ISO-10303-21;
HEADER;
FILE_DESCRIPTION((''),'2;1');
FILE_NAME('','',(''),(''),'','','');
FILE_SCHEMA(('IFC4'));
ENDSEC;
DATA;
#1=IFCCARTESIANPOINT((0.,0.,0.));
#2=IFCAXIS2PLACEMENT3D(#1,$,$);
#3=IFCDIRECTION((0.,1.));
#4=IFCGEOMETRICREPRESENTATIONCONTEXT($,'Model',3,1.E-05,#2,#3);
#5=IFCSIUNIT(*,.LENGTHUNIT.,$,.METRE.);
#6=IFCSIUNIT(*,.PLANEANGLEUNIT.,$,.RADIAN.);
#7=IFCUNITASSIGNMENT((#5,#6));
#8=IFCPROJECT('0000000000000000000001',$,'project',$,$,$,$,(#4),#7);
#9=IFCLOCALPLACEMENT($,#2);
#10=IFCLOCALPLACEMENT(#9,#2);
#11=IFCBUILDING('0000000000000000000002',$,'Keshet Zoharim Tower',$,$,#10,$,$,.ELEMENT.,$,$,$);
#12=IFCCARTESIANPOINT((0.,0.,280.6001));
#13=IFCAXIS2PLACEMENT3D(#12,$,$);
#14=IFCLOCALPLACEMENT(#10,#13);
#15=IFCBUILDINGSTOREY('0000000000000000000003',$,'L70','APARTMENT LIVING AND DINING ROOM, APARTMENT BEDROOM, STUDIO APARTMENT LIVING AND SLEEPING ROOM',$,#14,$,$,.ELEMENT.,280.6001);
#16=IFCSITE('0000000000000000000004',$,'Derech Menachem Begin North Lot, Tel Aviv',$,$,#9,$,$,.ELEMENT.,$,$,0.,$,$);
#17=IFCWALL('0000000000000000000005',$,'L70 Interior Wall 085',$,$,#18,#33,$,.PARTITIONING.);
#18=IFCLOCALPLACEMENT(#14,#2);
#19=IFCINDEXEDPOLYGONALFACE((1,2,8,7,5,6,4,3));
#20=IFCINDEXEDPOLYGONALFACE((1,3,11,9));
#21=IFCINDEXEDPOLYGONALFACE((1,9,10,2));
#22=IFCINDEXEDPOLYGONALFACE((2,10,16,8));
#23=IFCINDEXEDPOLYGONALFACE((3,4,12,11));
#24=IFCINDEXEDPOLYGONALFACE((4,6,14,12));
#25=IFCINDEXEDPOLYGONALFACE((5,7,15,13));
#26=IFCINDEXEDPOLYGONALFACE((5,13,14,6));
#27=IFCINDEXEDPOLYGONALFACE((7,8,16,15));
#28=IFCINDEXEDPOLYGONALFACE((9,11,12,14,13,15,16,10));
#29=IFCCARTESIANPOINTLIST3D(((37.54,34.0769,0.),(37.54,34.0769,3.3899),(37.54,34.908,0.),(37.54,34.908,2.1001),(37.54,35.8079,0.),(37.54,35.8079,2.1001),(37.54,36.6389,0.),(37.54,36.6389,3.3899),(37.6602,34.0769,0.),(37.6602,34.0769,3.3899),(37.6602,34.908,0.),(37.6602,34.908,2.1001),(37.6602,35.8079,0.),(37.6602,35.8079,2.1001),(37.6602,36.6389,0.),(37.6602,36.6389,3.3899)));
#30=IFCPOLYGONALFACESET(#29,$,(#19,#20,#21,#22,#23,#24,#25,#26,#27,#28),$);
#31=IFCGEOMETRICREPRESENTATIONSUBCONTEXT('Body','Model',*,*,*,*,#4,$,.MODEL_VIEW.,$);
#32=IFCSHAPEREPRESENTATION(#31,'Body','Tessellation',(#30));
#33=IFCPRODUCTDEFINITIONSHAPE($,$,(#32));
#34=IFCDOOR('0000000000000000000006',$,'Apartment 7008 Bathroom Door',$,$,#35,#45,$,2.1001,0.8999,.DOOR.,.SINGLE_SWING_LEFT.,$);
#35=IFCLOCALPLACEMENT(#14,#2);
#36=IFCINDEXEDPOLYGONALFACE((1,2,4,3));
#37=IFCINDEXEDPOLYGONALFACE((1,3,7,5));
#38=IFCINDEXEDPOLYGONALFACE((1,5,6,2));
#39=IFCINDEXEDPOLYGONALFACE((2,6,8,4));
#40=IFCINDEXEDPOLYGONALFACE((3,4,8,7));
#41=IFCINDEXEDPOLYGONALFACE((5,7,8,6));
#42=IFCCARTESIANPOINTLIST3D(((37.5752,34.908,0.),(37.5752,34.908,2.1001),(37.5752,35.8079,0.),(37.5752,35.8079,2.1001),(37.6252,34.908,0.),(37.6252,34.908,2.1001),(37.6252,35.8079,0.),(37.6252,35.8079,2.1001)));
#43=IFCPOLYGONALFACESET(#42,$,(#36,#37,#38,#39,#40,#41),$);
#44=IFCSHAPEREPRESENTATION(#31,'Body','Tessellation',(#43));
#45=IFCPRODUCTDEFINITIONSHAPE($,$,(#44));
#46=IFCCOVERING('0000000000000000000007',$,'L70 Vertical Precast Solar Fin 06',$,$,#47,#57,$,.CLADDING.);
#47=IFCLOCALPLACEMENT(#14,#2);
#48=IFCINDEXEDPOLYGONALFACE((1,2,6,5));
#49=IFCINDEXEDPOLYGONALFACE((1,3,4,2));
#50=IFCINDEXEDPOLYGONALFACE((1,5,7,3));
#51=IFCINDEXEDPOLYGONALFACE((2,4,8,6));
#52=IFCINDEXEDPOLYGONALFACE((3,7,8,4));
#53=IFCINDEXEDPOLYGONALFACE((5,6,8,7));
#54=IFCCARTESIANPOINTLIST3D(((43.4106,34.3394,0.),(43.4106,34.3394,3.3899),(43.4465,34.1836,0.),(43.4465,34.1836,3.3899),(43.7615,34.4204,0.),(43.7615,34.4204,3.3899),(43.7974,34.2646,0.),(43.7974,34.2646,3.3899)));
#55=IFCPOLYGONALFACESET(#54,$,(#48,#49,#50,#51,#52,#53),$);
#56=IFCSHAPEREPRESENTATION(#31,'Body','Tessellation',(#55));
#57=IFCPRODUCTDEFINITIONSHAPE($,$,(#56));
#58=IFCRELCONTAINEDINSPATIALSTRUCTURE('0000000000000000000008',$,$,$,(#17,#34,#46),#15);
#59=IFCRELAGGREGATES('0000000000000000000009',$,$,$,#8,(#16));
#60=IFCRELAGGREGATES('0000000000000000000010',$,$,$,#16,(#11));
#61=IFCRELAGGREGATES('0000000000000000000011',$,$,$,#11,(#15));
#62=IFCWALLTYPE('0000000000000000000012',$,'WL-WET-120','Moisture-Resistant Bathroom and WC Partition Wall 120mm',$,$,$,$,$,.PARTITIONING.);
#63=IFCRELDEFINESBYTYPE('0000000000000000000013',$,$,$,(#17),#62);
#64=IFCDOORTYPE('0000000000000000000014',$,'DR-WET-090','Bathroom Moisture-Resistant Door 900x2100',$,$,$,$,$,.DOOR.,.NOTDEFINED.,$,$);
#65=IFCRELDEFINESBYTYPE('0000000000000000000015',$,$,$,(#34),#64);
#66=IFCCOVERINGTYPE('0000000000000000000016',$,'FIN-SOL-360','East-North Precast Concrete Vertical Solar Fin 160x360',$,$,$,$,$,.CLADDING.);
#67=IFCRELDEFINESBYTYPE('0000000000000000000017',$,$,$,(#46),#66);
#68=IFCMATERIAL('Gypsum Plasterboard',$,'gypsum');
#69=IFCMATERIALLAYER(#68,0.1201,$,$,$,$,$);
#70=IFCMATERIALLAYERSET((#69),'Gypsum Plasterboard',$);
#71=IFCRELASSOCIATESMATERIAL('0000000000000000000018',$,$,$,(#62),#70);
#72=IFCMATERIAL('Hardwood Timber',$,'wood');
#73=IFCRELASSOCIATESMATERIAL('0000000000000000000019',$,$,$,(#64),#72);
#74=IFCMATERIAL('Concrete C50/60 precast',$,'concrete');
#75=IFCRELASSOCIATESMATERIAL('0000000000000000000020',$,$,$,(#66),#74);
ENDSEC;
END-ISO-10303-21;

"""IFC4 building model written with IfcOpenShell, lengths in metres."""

from ifc_helpers import new_model, si_unit, direction, frame, frame_2d, origin, origin_2d, place, context, subcontext, project, spatial, rectangle, extrude, material, layer, layer_set, type_object, element, fill, save


model = new_model("IFC4")

# Units and contexts
model_context = context("Model", 3, precision=1e-05, world=origin(), true_north=direction((0.0, 1.0)))
body_context = subcontext(model_context, "Body", "Model", "MODEL_VIEW")
ifc_project = project(units=[si_unit("LENGTHUNIT", "METRE"), si_unit("PLANEANGLEUNIT", "RADIAN")], contexts=[model_context])

# Site, building, storey
site_placement = place(None, origin())
site = spatial("IfcSite", under=ifc_project, at=site_placement, Name="Derech Menachem Begin North Lot, Tel Aviv", CompositionType="ELEMENT", RefElevation=0.0)
building_placement = place(site_placement, origin())
building = spatial("IfcBuilding", under=site, at=building_placement, Name="Keshet Zoharim Tower", CompositionType="ELEMENT")
storey_placement = place(building_placement, frame((0.0, 0.0, 280.6001)))
storey = spatial("IfcBuildingStorey", under=building, at=storey_placement, Name="L70", Description="APARTMENT LIVING AND DINING ROOM, APARTMENT BEDROOM, STUDIO APARTMENT LIVING AND SLEEPING ROOM", CompositionType="ELEMENT", Elevation=280.6001)

# Shared definitions
ifc_material_1 = material(Name="Hardwood Timber", Category="wood")

# Shared definitions
ifc_material_2 = material(Name="Gypsum Plasterboard", Category="gypsum")

# Wall, opening, door
ifc_layer_1 = layer(ifc_material_2, 0.1201)
ifc_layer_set_1 = layer_set([ifc_layer_1], Name="Gypsum Plasterboard")
wall_type_1 = type_object("IfcWallType", Name="WL-WET-120", Description="Moisture-Resistant Bathroom and WC Partition Wall 120mm", PredefinedType="PARTITIONING", material=ifc_layer_set_1)
wall_1_placement = place(storey_placement, frame((37.6001, 34.0769, 0.0), z_axis=(0.0, 0.0, 1.0), x_axis=(0.0, 1.0, 0.0)))
wall_1 = element("IfcWall", 1, at=wall_1_placement, inside=storey, type_object=wall_type_1, Name="L70 Interior Wall 085", PredefinedType="PARTITIONING", context=body_context, shape_type="SweptSolid", body=[
    extrude(rectangle(XDim=2.562, YDim=0.1201, at=frame_2d((1.281, 0.0))), origin(), (0.0, 0.0, 1.0), 3.3899),
])
opening_1_placement = place(wall_1_placement, frame((0.8311, 0.0, 0.0)))
opening_1 = element("IfcOpeningElement", 2, at=opening_1_placement, cuts=wall_1, PredefinedType="OPENING", context=body_context, shape_type="SweptSolid", body=[
    extrude(rectangle(XDim=0.8999, YDim=2.1001, at=frame_2d((0.45, 1.05))), frame((0.0, 0.0701, 0.0), z_axis=(0.0, -1.0, 0.0), x_axis=(1.0, 0.0, 0.0)), (0.0, 0.0, 1.0), 0.1401),
])
door_type_1 = type_object("IfcDoorType", Name="DR-WET-090", Description="Bathroom Moisture-Resistant Door 900x2100", OperationType="NOTDEFINED", PredefinedType="DOOR", material=ifc_material_1)
door_1_placement = place(opening_1_placement, origin())
door_1 = element("IfcDoor", 3, at=door_1_placement, inside=storey, type_object=door_type_1, Name="Apartment 7008 Bathroom Door", OperationType="SINGLE_SWING_LEFT", OverallHeight=2.1001, OverallWidth=0.8999, PredefinedType="DOOR", context=body_context, shape_type="SweptSolid", body=[
    extrude(rectangle(XDim=0.8999, YDim=2.1001, at=frame_2d((0.45, 1.05))), frame((0.0, 0.0249, 0.0), z_axis=(0.0, -1.0, 0.0), x_axis=(1.0, 0.0, 0.0)), (0.0, 0.0, 1.0), 0.05),
])
fill(opening_1, door_1)

# Covering
ifc_material_3 = material(Name="Concrete C50/60 precast", Category="concrete")
covering_type = type_object("IfcCoveringType", Name="FIN-SOL-360", Description="East-North Precast Concrete Vertical Solar Fin 160x360", PredefinedType="CLADDING", material=ifc_material_3)
covering_placement = place(storey_placement, frame((43.604, 34.302, 0.0), z_axis=(0.0, 0.0, 1.0), x_axis=(0.22483, -0.974398, 0.0)))
element("IfcCovering", 4, at=covering_placement, inside=storey, type_object=covering_type, Name="L70 Vertical Precast Solar Fin 06", PredefinedType="CLADDING", context=body_context, shape_type="SweptSolid", body=[
    extrude(rectangle(XDim=0.1599, YDim=0.3601, at=origin_2d()), origin(), (0.0, 0.0, 1.0), 3.3899),
])

save(model, "model.ifc")
